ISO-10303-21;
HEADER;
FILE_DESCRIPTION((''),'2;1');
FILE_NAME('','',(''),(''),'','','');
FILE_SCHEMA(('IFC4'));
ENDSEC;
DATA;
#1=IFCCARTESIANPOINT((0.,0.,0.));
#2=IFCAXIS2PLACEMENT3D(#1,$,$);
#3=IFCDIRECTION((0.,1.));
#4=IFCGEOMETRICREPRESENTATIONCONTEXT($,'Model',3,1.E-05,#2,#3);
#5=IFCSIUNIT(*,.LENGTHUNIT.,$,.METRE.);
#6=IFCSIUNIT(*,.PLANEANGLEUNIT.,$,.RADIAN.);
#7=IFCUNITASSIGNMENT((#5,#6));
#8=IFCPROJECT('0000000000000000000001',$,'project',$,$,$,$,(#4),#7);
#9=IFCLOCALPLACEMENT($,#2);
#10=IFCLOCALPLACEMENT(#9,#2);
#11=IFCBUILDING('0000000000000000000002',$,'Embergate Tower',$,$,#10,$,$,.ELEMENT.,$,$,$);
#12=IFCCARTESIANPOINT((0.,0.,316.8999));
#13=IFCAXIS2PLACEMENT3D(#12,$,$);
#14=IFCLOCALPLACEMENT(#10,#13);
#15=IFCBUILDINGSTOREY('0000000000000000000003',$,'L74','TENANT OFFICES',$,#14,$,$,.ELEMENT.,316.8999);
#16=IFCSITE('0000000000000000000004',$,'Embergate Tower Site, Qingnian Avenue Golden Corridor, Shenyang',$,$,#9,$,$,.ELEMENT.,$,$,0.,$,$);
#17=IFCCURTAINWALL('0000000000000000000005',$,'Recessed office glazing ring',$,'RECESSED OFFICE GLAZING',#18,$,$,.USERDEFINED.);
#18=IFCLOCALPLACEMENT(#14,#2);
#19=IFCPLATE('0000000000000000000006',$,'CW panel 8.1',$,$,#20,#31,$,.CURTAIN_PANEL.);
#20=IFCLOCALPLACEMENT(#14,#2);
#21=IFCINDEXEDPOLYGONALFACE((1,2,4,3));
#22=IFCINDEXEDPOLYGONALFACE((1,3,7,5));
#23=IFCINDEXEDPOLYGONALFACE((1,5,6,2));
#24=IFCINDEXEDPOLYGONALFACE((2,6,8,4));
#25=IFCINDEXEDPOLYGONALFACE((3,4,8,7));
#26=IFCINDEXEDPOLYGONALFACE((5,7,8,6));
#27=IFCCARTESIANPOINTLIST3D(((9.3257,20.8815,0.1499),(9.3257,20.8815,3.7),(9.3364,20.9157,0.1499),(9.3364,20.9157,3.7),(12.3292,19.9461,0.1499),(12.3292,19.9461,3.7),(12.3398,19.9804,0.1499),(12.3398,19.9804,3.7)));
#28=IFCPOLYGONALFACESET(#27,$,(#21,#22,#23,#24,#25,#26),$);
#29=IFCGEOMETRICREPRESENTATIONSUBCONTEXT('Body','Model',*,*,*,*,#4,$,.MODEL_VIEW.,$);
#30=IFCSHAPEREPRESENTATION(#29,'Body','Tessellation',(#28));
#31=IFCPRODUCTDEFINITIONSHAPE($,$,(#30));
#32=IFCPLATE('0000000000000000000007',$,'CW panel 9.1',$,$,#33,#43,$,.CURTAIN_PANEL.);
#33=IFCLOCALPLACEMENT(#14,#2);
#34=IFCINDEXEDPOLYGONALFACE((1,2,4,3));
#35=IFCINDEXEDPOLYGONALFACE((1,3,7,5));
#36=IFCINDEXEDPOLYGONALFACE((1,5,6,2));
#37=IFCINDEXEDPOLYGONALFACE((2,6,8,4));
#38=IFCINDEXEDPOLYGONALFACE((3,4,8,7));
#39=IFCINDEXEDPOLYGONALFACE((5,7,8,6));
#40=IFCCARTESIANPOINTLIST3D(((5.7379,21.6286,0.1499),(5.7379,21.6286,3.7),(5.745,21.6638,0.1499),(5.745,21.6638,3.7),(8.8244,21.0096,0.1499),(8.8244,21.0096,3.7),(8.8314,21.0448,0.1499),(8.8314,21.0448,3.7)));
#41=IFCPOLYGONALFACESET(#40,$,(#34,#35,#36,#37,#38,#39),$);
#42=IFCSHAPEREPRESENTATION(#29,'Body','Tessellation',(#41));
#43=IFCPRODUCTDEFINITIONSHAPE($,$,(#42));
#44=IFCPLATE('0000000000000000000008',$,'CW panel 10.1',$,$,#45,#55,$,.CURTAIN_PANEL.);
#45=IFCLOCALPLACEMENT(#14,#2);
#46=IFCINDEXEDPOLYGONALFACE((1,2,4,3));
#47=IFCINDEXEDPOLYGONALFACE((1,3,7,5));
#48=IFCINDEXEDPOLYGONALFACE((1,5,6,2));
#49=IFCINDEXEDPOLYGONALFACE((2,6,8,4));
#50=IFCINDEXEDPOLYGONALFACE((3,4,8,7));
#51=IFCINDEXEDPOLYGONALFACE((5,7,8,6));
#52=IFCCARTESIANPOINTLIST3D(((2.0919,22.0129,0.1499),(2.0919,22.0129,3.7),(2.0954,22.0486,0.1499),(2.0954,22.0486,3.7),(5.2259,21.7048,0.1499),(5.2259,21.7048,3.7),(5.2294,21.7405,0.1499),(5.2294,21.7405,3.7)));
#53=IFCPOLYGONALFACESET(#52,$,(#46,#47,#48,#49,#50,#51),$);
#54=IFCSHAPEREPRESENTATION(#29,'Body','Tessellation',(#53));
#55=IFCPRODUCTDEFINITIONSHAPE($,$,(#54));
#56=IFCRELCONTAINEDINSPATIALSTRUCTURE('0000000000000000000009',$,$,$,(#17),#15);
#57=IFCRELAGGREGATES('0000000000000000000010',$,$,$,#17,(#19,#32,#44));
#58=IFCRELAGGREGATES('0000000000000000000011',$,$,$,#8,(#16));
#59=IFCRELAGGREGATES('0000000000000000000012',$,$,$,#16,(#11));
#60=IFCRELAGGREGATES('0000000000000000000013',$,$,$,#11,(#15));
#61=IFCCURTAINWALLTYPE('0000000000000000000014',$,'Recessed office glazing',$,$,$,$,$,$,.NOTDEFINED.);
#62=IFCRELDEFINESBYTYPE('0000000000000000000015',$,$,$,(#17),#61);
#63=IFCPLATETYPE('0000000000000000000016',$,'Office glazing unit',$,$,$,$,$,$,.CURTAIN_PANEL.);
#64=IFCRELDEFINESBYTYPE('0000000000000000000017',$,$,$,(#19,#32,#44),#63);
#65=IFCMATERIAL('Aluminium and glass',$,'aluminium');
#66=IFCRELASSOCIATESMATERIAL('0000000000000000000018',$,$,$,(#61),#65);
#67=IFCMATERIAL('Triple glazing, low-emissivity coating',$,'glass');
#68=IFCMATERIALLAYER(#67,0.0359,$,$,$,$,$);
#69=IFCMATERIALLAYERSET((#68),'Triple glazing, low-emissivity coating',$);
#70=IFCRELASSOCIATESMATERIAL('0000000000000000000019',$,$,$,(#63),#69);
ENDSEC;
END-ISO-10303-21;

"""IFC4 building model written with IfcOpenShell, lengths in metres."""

from ifc_helpers import new_model, si_unit, direction, frame, origin, origin_2d, place, context, subcontext, project, spatial, rectangle, extrude, source, transform, mapped, material, layer, layer_set, type_object, element, aggregate, save


model = new_model("IFC4")

# Units and contexts
model_context = context("Model", 3, precision=1e-05, world=origin(), true_north=direction((0.0, 1.0)))
body_context = subcontext(model_context, "Body", "Model", "MODEL_VIEW")
ifc_project = project(units=[si_unit("LENGTHUNIT", "METRE"), si_unit("PLANEANGLEUNIT", "RADIAN")], contexts=[model_context])

# Site, building, storey
site_placement = place(None, origin())
site = spatial("IfcSite", under=ifc_project, at=site_placement, Name="Embergate Tower Site, Qingnian Avenue Golden Corridor, Shenyang", CompositionType="ELEMENT", RefElevation=0.0)
building_placement = place(site_placement, origin())
building = spatial("IfcBuilding", under=site, at=building_placement, Name="Embergate Tower", CompositionType="ELEMENT")
storey_placement = place(building_placement, frame((0.0, 0.0, 316.8999)))
storey = spatial("IfcBuildingStorey", under=building, at=storey_placement, Name="L74", Description="TENANT OFFICES", CompositionType="ELEMENT", Elevation=316.8999)

# Curtain wall, plates
ifc_material_1 = material(Name="Aluminium and glass", Category="aluminium")
curtain_wall_type = type_object("IfcCurtainWallType", Name="Recessed office glazing", PredefinedType="NOTDEFINED", material=ifc_material_1)
curtain_wall_placement = place(storey_placement, origin())
curtain_wall = element("IfcCurtainWall", 1, at=curtain_wall_placement, inside=storey, type_object=curtain_wall_type, Name="Recessed office glazing ring", ObjectType="RECESSED OFFICE GLAZING", PredefinedType="USERDEFINED")
ifc_material_2 = material(Name="Triple glazing, low-emissivity coating", Category="glass")
ifc_layer = layer(ifc_material_2, 0.0359)
ifc_layer_set = layer_set([ifc_layer], Name="Triple glazing, low-emissivity coating")
plate_type = type_object("IfcPlateType", Name="Office glazing unit", PredefinedType="CURTAIN_PANEL", material=ifc_layer_set)
shared_shape_1 = source(origin(), body_context, "Body", "SweptSolid", [
    extrude(rectangle(XDim=3.1458, YDim=0.0359, at=origin_2d()), origin(), (0.0, 0.0, 1.0), 3.55),
])
plate_1_placement = place(storey_placement, frame((10.8328, 20.4309, 0.1499), z_axis=(0.0, 0.0, 1.0), x_axis=(-0.954771, 0.297342, 0.0)))
plate_1 = element("IfcPlate", 2, at=plate_1_placement, type_object=plate_type, Name="CW panel 8.1", PredefinedType="CURTAIN_PANEL", context=body_context, shape_type="MappedRepresentation", body=[
    mapped(shared_shape_1, transform((0.0, 0.0, 0.0))),
])
shared_shape_2 = source(origin(), body_context, "Body", "SweptSolid", [
    extrude(rectangle(XDim=3.1479, YDim=0.0359, at=origin_2d()), origin(), (0.0, 0.0, 1.0), 3.55),
])
plate_2_placement = place(storey_placement, frame((7.2847, 21.3367, 0.1499), z_axis=(0.0, 0.0, 1.0), x_axis=(-0.980476, 0.196641, 0.0)))
plate_2 = element("IfcPlate", 3, at=plate_2_placement, type_object=plate_type, Name="CW panel 9.1", PredefinedType="CURTAIN_PANEL", context=body_context, shape_type="MappedRepresentation", body=[
    mapped(shared_shape_2, transform((0.0, 0.0, 0.0))),
])
shared_shape_3 = source(origin(), body_context, "Body", "SweptSolid", [
    extrude(rectangle(XDim=3.1492, YDim=0.0359, at=origin_2d()), origin(), (0.0, 0.0, 1.0), 3.55),
])
plate_3_placement = place(storey_placement, frame((3.6606, 21.8767, 0.1499), z_axis=(0.0, 0.0, 1.0), x_axis=(-0.995203, 0.09783, 0.0)))
plate_3 = element("IfcPlate", 4, at=plate_3_placement, type_object=plate_type, Name="CW panel 10.1", PredefinedType="CURTAIN_PANEL", context=body_context, shape_type="MappedRepresentation", body=[
    mapped(shared_shape_3, transform((0.0, 0.0, 0.0))),
])
aggregate(curtain_wall, [plate_1, plate_2, plate_3])

save(model, "model.ifc")
